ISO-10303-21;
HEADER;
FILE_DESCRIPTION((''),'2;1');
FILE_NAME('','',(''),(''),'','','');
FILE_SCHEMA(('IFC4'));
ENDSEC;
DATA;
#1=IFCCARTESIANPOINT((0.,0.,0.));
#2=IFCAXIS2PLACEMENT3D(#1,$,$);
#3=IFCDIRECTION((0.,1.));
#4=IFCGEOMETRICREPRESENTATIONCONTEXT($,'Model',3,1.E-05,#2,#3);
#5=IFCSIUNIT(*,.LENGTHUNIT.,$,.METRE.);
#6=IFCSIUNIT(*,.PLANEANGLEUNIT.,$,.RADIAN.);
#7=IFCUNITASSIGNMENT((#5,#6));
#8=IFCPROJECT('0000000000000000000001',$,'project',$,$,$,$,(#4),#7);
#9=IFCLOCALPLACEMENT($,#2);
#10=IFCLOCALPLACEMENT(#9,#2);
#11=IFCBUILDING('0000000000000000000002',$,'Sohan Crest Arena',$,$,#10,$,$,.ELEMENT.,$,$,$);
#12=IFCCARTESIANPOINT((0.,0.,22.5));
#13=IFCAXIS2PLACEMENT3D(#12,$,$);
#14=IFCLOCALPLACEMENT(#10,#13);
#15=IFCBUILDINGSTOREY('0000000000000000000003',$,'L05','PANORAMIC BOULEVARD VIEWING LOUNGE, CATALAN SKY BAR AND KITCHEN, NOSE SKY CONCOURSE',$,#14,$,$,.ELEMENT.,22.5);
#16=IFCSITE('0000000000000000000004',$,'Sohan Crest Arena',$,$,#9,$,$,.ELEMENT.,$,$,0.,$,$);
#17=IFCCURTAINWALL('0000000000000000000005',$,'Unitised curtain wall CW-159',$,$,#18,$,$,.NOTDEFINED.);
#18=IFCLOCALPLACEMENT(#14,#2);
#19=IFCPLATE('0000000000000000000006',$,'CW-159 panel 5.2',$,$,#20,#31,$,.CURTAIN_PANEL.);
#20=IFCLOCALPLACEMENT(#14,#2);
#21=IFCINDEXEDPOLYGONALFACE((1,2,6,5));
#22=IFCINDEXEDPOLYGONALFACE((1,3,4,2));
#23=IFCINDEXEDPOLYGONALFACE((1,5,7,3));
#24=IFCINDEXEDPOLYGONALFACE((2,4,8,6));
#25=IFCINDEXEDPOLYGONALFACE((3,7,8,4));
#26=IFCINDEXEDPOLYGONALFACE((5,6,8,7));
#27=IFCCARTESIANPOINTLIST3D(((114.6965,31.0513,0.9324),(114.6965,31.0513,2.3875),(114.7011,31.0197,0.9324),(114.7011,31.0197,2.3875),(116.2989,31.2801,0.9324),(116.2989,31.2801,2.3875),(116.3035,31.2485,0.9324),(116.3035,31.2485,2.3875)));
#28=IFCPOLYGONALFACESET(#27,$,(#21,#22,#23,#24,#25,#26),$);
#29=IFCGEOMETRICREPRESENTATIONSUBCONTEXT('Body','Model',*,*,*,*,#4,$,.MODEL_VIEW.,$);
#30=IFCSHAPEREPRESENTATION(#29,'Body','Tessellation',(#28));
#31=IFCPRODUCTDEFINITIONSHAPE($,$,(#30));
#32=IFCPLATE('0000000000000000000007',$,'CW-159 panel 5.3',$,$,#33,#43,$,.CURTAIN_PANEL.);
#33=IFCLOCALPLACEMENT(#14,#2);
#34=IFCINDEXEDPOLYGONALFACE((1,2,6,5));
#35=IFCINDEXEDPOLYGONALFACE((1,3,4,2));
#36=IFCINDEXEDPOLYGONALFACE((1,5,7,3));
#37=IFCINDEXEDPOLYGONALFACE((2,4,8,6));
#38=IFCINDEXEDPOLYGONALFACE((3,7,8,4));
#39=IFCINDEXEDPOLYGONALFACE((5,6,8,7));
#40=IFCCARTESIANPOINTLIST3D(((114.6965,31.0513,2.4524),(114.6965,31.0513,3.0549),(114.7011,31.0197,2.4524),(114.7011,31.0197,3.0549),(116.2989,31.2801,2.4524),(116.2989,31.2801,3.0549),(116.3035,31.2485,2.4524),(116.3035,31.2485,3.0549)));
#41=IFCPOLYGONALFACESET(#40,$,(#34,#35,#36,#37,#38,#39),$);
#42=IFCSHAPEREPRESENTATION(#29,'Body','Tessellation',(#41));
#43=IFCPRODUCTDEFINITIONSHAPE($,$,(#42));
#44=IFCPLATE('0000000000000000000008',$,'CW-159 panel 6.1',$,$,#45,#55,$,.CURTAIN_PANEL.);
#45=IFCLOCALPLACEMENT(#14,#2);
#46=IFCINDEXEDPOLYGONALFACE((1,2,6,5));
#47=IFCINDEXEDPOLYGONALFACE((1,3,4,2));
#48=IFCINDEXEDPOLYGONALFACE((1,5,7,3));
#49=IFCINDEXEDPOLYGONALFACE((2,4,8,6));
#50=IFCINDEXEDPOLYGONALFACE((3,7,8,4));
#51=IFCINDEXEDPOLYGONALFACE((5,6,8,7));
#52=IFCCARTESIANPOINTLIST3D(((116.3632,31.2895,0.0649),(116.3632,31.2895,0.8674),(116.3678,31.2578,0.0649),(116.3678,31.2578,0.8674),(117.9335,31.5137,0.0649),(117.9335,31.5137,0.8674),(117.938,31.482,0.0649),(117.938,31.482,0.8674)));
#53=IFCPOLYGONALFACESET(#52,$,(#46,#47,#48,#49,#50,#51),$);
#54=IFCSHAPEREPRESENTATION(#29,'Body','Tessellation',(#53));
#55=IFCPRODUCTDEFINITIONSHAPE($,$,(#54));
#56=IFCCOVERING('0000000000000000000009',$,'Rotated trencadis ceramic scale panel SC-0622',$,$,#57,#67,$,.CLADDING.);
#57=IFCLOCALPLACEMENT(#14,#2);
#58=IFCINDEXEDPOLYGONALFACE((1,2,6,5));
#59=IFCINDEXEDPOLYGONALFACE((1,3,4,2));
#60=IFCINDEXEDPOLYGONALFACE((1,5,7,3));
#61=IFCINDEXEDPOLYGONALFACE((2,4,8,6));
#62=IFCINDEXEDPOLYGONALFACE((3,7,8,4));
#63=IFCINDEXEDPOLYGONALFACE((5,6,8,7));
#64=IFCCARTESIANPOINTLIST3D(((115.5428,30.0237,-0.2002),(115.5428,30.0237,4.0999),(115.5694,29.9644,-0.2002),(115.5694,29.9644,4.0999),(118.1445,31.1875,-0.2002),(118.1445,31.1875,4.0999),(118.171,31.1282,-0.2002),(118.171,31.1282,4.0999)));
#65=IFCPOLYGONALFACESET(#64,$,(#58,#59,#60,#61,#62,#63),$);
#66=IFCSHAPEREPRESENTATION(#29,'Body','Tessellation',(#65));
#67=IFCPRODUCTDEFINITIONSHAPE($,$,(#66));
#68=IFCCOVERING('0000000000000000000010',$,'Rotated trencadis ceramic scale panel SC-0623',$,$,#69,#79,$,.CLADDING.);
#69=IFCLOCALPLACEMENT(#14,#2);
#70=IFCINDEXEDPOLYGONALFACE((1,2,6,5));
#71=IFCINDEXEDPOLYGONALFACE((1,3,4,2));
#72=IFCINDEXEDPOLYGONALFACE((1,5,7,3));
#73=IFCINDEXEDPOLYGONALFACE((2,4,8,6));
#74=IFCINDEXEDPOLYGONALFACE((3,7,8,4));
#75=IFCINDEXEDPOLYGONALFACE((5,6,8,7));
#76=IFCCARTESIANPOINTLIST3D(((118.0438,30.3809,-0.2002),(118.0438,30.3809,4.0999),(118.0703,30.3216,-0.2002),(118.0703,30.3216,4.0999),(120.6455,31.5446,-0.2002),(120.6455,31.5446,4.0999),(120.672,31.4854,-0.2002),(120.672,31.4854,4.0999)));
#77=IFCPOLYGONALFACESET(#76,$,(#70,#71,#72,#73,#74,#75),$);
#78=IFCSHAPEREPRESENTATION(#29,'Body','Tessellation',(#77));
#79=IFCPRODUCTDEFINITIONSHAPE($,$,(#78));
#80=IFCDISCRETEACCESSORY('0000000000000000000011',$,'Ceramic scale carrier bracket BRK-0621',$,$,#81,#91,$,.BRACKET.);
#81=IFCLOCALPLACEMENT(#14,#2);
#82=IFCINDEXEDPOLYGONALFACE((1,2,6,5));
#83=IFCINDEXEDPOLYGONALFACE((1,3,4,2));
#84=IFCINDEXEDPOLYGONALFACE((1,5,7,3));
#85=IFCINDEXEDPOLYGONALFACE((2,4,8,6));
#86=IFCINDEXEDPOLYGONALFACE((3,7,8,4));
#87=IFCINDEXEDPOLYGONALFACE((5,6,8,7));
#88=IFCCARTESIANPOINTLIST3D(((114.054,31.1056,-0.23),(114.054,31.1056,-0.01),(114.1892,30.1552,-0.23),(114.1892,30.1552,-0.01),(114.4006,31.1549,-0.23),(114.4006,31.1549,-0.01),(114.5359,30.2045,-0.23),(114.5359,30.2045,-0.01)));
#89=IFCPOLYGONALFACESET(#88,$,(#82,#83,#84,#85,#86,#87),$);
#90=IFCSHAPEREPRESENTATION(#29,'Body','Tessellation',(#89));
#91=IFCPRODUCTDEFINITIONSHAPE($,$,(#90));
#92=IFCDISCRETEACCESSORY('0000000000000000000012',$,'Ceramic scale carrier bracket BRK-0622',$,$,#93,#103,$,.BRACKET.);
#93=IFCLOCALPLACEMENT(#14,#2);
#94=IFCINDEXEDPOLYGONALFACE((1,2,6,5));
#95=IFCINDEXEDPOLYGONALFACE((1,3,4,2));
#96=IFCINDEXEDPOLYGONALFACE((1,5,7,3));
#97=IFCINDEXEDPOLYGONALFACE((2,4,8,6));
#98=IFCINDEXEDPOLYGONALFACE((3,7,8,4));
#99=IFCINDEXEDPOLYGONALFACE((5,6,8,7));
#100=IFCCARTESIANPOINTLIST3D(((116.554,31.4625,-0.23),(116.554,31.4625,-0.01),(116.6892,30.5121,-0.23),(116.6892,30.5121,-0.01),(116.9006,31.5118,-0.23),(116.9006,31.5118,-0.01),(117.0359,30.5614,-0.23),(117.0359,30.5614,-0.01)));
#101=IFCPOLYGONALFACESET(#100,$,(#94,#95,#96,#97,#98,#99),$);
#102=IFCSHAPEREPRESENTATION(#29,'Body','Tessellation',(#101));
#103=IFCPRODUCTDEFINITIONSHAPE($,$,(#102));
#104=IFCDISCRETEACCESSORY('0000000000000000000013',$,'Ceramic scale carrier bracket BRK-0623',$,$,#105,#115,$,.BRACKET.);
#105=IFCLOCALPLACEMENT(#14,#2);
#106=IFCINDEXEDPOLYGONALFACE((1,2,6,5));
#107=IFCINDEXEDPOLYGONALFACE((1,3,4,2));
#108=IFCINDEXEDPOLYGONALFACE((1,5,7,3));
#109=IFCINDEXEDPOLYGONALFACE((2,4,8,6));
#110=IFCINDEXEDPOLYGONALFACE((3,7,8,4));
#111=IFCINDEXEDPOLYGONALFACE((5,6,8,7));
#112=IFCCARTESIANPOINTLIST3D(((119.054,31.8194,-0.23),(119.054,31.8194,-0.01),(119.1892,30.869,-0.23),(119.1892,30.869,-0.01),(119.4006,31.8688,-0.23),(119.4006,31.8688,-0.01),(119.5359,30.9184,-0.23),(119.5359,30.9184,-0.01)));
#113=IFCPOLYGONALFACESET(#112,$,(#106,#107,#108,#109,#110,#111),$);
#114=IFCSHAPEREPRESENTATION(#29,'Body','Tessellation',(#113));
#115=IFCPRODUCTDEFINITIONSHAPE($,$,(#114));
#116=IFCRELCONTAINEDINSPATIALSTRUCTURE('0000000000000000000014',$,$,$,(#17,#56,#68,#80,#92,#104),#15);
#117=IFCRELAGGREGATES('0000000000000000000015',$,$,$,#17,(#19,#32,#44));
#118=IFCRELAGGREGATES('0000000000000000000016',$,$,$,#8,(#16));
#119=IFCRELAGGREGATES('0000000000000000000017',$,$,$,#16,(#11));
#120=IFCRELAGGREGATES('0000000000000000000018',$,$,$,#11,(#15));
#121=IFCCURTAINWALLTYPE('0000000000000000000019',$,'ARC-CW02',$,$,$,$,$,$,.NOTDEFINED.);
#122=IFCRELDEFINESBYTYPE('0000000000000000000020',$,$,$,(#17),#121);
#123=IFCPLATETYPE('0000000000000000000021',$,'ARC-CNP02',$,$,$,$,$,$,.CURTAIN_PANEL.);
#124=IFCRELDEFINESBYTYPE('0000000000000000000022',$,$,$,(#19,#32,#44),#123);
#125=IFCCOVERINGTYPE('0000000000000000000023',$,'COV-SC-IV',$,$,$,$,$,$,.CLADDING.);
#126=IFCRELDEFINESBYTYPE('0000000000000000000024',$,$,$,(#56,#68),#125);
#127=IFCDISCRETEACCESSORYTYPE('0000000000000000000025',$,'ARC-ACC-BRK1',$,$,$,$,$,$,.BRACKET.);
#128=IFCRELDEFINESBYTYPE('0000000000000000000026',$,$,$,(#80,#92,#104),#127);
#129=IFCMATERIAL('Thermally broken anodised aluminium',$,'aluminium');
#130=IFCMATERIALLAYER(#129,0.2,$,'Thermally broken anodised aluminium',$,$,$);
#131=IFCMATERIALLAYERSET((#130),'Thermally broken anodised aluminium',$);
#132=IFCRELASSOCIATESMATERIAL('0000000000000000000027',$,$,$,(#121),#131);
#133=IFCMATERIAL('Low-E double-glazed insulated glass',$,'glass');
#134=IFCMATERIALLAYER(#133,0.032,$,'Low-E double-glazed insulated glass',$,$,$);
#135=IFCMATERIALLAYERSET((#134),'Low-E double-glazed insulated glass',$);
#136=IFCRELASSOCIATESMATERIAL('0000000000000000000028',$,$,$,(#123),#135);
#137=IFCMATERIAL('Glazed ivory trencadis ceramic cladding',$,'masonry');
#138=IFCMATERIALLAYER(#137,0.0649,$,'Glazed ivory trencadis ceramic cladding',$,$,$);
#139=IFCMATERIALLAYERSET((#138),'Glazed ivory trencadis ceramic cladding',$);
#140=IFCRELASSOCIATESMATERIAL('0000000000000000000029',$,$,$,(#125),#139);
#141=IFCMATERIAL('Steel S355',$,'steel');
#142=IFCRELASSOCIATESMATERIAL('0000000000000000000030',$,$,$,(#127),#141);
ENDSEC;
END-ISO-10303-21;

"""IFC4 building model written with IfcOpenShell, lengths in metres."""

from ifc_helpers import new_model, si_unit, direction, frame, origin, origin_2d, place, context, subcontext, project, spatial, rectangle, extrude, material, layer, layer_set, type_object, element, aggregate, save


model = new_model("IFC4")

# Units and contexts
model_context = context("Model", 3, precision=1e-05, world=origin(), true_north=direction((0.0, 1.0)))
body_context = subcontext(model_context, "Body", "Model", "MODEL_VIEW")
ifc_project = project(units=[si_unit("LENGTHUNIT", "METRE"), si_unit("PLANEANGLEUNIT", "RADIAN")], contexts=[model_context])

# Site, building, storey
site_placement = place(None, origin())
site = spatial("IfcSite", under=ifc_project, at=site_placement, Name="Sohan Crest Arena", CompositionType="ELEMENT", RefElevation=0.0)
building_placement = place(site_placement, origin())
building = spatial("IfcBuilding", under=site, at=building_placement, Name="Sohan Crest Arena", CompositionType="ELEMENT")
storey_placement = place(building_placement, frame((0.0, 0.0, 22.5)))
storey = spatial("IfcBuildingStorey", under=building, at=storey_placement, Name="L05", Description="PANORAMIC BOULEVARD VIEWING LOUNGE, CATALAN SKY BAR AND KITCHEN, NOSE SKY CONCOURSE", CompositionType="ELEMENT", Elevation=22.5)

# Curtain wall, plates
ifc_material_1 = material(Name="Thermally broken anodised aluminium", Category="aluminium")
ifc_layer_1 = layer(ifc_material_1, 0.2, Name="Thermally broken anodised aluminium")
ifc_layer_set_1 = layer_set([ifc_layer_1], Name="Thermally broken anodised aluminium")
curtain_wall_type = type_object("IfcCurtainWallType", Name="ARC-CW02", PredefinedType="NOTDEFINED", material=ifc_layer_set_1)
curtain_wall_placement = place(storey_placement, origin())
curtain_wall = element("IfcCurtainWall", 1, at=curtain_wall_placement, inside=storey, type_object=curtain_wall_type, Name="Unitised curtain wall CW-159", PredefinedType="NOTDEFINED")
ifc_material_2 = material(Name="Low-E double-glazed insulated glass", Category="glass")
ifc_layer_2 = layer(ifc_material_2, 0.032, Name="Low-E double-glazed insulated glass")
ifc_layer_set_2 = layer_set([ifc_layer_2], Name="Low-E double-glazed insulated glass")
plate_type = type_object("IfcPlateType", Name="ARC-CNP02", PredefinedType="CURTAIN_PANEL", material=ifc_layer_set_2)
plate_1_placement = place(storey_placement, frame((115.5, 31.1499, 0.9324), z_axis=(0.0, 0.0, 1.0), x_axis=(0.989957, 0.141366, 0.0)))
plate_1 = element("IfcPlate", 2, at=plate_1_placement, type_object=plate_type, Name="CW-159 panel 5.2", PredefinedType="CURTAIN_PANEL", context=body_context, shape_type="SweptSolid", body=[
    extrude(rectangle(XDim=1.6187, YDim=0.032, at=origin_2d()), origin(), (0.0, 0.0, 1.0), 1.4551),
])
plate_2_placement = place(storey_placement, frame((115.5, 31.1499, 2.4524), z_axis=(0.0, 0.0, 1.0), x_axis=(0.989957, 0.141366, 0.0)))
plate_2 = element("IfcPlate", 3, at=plate_2_placement, type_object=plate_type, Name="CW-159 panel 5.3", PredefinedType="CURTAIN_PANEL", context=body_context, shape_type="SweptSolid", body=[
    extrude(rectangle(XDim=1.6187, YDim=0.032, at=origin_2d()), origin(), (0.0, 0.0, 1.0), 0.6025),
])
plate_3_placement = place(storey_placement, frame((117.1506, 31.3857, 0.0649), z_axis=(0.0, 0.0, 1.0), x_axis=(0.989957, 0.141366, 0.0)))
plate_3 = element("IfcPlate", 4, at=plate_3_placement, type_object=plate_type, Name="CW-159 panel 6.1", PredefinedType="CURTAIN_PANEL", context=body_context, shape_type="SweptSolid", body=[
    extrude(rectangle(XDim=1.5862, YDim=0.032, at=origin_2d()), origin(), (0.0, 0.0, 1.0), 0.8025),
])
aggregate(curtain_wall, [plate_1, plate_2, plate_3])

# Coverings
ifc_material_3 = material(Name="Glazed ivory trencadis ceramic cladding", Category="masonry")
ifc_layer_3 = layer(ifc_material_3, 0.0649, Name="Glazed ivory trencadis ceramic cladding")
ifc_layer_set_3 = layer_set([ifc_layer_3], Name="Glazed ivory trencadis ceramic cladding")
covering_type = type_object("IfcCoveringType", Name="COV-SC-IV", PredefinedType="CLADDING", material=ifc_layer_set_3)
for number, where, z_axis, x_axis, name in (
    (5, (116.8569, 30.5759, -0.2002), (0.0, 0.0, 1.0), (0.912834, 0.40833, 0.0), "Rotated trencadis ceramic scale panel SC-0622"),
    (6, (119.3579, 30.9331, -0.2002), (0.0, 0.0, 1.0), (0.912834, 0.40833, 0.0), "Rotated trencadis ceramic scale panel SC-0623"),
):
    element("IfcCovering", number, at=place(storey_placement, frame(where, z_axis=z_axis, x_axis=x_axis)), inside=storey, type_object=covering_type, Name=name, PredefinedType="CLADDING", context=body_context, shape_type="SweptSolid", body=[
        extrude(rectangle(XDim=2.8501, YDim=0.0649, at=origin_2d()), origin(), (0.0, 0.0, 1.0), 4.3),
    ])

# Discrete accessories
ifc_material_4 = material(Name="Steel S355", Category="steel")
discrete_accessory_type = type_object("IfcDiscreteAccessoryType", Name="ARC-ACC-BRK1", PredefinedType="BRACKET", material=ifc_material_4)
for number, where, z_axis, x_axis, name in (
    (7, (114.2949, 30.655, -0.23), (0.0, 0.0, 1.0), (0.990024, 0.140901, 0.0), "Ceramic scale carrier bracket BRK-0621"),
    (8, (116.7949, 31.012, -0.23), (0.0, 0.0, 1.0), (0.990024, 0.140901, 0.0), "Ceramic scale carrier bracket BRK-0622"),
    (9, (119.2949, 31.3689, -0.23), (0.0, 0.0, 1.0), (0.990024, 0.140901, 0.0), "Ceramic scale carrier bracket BRK-0623"),
):
    element("IfcDiscreteAccessory", number, at=place(storey_placement, frame(where, z_axis=z_axis, x_axis=x_axis)), inside=storey, type_object=discrete_accessory_type, Name=name, PredefinedType="BRACKET", context=body_context, shape_type="SweptSolid", body=[
        extrude(rectangle(XDim=0.3501, YDim=0.96, at=origin_2d()), origin(), (0.0, 0.0, 1.0), 0.22),
    ])

save(model, "model.ifc")
